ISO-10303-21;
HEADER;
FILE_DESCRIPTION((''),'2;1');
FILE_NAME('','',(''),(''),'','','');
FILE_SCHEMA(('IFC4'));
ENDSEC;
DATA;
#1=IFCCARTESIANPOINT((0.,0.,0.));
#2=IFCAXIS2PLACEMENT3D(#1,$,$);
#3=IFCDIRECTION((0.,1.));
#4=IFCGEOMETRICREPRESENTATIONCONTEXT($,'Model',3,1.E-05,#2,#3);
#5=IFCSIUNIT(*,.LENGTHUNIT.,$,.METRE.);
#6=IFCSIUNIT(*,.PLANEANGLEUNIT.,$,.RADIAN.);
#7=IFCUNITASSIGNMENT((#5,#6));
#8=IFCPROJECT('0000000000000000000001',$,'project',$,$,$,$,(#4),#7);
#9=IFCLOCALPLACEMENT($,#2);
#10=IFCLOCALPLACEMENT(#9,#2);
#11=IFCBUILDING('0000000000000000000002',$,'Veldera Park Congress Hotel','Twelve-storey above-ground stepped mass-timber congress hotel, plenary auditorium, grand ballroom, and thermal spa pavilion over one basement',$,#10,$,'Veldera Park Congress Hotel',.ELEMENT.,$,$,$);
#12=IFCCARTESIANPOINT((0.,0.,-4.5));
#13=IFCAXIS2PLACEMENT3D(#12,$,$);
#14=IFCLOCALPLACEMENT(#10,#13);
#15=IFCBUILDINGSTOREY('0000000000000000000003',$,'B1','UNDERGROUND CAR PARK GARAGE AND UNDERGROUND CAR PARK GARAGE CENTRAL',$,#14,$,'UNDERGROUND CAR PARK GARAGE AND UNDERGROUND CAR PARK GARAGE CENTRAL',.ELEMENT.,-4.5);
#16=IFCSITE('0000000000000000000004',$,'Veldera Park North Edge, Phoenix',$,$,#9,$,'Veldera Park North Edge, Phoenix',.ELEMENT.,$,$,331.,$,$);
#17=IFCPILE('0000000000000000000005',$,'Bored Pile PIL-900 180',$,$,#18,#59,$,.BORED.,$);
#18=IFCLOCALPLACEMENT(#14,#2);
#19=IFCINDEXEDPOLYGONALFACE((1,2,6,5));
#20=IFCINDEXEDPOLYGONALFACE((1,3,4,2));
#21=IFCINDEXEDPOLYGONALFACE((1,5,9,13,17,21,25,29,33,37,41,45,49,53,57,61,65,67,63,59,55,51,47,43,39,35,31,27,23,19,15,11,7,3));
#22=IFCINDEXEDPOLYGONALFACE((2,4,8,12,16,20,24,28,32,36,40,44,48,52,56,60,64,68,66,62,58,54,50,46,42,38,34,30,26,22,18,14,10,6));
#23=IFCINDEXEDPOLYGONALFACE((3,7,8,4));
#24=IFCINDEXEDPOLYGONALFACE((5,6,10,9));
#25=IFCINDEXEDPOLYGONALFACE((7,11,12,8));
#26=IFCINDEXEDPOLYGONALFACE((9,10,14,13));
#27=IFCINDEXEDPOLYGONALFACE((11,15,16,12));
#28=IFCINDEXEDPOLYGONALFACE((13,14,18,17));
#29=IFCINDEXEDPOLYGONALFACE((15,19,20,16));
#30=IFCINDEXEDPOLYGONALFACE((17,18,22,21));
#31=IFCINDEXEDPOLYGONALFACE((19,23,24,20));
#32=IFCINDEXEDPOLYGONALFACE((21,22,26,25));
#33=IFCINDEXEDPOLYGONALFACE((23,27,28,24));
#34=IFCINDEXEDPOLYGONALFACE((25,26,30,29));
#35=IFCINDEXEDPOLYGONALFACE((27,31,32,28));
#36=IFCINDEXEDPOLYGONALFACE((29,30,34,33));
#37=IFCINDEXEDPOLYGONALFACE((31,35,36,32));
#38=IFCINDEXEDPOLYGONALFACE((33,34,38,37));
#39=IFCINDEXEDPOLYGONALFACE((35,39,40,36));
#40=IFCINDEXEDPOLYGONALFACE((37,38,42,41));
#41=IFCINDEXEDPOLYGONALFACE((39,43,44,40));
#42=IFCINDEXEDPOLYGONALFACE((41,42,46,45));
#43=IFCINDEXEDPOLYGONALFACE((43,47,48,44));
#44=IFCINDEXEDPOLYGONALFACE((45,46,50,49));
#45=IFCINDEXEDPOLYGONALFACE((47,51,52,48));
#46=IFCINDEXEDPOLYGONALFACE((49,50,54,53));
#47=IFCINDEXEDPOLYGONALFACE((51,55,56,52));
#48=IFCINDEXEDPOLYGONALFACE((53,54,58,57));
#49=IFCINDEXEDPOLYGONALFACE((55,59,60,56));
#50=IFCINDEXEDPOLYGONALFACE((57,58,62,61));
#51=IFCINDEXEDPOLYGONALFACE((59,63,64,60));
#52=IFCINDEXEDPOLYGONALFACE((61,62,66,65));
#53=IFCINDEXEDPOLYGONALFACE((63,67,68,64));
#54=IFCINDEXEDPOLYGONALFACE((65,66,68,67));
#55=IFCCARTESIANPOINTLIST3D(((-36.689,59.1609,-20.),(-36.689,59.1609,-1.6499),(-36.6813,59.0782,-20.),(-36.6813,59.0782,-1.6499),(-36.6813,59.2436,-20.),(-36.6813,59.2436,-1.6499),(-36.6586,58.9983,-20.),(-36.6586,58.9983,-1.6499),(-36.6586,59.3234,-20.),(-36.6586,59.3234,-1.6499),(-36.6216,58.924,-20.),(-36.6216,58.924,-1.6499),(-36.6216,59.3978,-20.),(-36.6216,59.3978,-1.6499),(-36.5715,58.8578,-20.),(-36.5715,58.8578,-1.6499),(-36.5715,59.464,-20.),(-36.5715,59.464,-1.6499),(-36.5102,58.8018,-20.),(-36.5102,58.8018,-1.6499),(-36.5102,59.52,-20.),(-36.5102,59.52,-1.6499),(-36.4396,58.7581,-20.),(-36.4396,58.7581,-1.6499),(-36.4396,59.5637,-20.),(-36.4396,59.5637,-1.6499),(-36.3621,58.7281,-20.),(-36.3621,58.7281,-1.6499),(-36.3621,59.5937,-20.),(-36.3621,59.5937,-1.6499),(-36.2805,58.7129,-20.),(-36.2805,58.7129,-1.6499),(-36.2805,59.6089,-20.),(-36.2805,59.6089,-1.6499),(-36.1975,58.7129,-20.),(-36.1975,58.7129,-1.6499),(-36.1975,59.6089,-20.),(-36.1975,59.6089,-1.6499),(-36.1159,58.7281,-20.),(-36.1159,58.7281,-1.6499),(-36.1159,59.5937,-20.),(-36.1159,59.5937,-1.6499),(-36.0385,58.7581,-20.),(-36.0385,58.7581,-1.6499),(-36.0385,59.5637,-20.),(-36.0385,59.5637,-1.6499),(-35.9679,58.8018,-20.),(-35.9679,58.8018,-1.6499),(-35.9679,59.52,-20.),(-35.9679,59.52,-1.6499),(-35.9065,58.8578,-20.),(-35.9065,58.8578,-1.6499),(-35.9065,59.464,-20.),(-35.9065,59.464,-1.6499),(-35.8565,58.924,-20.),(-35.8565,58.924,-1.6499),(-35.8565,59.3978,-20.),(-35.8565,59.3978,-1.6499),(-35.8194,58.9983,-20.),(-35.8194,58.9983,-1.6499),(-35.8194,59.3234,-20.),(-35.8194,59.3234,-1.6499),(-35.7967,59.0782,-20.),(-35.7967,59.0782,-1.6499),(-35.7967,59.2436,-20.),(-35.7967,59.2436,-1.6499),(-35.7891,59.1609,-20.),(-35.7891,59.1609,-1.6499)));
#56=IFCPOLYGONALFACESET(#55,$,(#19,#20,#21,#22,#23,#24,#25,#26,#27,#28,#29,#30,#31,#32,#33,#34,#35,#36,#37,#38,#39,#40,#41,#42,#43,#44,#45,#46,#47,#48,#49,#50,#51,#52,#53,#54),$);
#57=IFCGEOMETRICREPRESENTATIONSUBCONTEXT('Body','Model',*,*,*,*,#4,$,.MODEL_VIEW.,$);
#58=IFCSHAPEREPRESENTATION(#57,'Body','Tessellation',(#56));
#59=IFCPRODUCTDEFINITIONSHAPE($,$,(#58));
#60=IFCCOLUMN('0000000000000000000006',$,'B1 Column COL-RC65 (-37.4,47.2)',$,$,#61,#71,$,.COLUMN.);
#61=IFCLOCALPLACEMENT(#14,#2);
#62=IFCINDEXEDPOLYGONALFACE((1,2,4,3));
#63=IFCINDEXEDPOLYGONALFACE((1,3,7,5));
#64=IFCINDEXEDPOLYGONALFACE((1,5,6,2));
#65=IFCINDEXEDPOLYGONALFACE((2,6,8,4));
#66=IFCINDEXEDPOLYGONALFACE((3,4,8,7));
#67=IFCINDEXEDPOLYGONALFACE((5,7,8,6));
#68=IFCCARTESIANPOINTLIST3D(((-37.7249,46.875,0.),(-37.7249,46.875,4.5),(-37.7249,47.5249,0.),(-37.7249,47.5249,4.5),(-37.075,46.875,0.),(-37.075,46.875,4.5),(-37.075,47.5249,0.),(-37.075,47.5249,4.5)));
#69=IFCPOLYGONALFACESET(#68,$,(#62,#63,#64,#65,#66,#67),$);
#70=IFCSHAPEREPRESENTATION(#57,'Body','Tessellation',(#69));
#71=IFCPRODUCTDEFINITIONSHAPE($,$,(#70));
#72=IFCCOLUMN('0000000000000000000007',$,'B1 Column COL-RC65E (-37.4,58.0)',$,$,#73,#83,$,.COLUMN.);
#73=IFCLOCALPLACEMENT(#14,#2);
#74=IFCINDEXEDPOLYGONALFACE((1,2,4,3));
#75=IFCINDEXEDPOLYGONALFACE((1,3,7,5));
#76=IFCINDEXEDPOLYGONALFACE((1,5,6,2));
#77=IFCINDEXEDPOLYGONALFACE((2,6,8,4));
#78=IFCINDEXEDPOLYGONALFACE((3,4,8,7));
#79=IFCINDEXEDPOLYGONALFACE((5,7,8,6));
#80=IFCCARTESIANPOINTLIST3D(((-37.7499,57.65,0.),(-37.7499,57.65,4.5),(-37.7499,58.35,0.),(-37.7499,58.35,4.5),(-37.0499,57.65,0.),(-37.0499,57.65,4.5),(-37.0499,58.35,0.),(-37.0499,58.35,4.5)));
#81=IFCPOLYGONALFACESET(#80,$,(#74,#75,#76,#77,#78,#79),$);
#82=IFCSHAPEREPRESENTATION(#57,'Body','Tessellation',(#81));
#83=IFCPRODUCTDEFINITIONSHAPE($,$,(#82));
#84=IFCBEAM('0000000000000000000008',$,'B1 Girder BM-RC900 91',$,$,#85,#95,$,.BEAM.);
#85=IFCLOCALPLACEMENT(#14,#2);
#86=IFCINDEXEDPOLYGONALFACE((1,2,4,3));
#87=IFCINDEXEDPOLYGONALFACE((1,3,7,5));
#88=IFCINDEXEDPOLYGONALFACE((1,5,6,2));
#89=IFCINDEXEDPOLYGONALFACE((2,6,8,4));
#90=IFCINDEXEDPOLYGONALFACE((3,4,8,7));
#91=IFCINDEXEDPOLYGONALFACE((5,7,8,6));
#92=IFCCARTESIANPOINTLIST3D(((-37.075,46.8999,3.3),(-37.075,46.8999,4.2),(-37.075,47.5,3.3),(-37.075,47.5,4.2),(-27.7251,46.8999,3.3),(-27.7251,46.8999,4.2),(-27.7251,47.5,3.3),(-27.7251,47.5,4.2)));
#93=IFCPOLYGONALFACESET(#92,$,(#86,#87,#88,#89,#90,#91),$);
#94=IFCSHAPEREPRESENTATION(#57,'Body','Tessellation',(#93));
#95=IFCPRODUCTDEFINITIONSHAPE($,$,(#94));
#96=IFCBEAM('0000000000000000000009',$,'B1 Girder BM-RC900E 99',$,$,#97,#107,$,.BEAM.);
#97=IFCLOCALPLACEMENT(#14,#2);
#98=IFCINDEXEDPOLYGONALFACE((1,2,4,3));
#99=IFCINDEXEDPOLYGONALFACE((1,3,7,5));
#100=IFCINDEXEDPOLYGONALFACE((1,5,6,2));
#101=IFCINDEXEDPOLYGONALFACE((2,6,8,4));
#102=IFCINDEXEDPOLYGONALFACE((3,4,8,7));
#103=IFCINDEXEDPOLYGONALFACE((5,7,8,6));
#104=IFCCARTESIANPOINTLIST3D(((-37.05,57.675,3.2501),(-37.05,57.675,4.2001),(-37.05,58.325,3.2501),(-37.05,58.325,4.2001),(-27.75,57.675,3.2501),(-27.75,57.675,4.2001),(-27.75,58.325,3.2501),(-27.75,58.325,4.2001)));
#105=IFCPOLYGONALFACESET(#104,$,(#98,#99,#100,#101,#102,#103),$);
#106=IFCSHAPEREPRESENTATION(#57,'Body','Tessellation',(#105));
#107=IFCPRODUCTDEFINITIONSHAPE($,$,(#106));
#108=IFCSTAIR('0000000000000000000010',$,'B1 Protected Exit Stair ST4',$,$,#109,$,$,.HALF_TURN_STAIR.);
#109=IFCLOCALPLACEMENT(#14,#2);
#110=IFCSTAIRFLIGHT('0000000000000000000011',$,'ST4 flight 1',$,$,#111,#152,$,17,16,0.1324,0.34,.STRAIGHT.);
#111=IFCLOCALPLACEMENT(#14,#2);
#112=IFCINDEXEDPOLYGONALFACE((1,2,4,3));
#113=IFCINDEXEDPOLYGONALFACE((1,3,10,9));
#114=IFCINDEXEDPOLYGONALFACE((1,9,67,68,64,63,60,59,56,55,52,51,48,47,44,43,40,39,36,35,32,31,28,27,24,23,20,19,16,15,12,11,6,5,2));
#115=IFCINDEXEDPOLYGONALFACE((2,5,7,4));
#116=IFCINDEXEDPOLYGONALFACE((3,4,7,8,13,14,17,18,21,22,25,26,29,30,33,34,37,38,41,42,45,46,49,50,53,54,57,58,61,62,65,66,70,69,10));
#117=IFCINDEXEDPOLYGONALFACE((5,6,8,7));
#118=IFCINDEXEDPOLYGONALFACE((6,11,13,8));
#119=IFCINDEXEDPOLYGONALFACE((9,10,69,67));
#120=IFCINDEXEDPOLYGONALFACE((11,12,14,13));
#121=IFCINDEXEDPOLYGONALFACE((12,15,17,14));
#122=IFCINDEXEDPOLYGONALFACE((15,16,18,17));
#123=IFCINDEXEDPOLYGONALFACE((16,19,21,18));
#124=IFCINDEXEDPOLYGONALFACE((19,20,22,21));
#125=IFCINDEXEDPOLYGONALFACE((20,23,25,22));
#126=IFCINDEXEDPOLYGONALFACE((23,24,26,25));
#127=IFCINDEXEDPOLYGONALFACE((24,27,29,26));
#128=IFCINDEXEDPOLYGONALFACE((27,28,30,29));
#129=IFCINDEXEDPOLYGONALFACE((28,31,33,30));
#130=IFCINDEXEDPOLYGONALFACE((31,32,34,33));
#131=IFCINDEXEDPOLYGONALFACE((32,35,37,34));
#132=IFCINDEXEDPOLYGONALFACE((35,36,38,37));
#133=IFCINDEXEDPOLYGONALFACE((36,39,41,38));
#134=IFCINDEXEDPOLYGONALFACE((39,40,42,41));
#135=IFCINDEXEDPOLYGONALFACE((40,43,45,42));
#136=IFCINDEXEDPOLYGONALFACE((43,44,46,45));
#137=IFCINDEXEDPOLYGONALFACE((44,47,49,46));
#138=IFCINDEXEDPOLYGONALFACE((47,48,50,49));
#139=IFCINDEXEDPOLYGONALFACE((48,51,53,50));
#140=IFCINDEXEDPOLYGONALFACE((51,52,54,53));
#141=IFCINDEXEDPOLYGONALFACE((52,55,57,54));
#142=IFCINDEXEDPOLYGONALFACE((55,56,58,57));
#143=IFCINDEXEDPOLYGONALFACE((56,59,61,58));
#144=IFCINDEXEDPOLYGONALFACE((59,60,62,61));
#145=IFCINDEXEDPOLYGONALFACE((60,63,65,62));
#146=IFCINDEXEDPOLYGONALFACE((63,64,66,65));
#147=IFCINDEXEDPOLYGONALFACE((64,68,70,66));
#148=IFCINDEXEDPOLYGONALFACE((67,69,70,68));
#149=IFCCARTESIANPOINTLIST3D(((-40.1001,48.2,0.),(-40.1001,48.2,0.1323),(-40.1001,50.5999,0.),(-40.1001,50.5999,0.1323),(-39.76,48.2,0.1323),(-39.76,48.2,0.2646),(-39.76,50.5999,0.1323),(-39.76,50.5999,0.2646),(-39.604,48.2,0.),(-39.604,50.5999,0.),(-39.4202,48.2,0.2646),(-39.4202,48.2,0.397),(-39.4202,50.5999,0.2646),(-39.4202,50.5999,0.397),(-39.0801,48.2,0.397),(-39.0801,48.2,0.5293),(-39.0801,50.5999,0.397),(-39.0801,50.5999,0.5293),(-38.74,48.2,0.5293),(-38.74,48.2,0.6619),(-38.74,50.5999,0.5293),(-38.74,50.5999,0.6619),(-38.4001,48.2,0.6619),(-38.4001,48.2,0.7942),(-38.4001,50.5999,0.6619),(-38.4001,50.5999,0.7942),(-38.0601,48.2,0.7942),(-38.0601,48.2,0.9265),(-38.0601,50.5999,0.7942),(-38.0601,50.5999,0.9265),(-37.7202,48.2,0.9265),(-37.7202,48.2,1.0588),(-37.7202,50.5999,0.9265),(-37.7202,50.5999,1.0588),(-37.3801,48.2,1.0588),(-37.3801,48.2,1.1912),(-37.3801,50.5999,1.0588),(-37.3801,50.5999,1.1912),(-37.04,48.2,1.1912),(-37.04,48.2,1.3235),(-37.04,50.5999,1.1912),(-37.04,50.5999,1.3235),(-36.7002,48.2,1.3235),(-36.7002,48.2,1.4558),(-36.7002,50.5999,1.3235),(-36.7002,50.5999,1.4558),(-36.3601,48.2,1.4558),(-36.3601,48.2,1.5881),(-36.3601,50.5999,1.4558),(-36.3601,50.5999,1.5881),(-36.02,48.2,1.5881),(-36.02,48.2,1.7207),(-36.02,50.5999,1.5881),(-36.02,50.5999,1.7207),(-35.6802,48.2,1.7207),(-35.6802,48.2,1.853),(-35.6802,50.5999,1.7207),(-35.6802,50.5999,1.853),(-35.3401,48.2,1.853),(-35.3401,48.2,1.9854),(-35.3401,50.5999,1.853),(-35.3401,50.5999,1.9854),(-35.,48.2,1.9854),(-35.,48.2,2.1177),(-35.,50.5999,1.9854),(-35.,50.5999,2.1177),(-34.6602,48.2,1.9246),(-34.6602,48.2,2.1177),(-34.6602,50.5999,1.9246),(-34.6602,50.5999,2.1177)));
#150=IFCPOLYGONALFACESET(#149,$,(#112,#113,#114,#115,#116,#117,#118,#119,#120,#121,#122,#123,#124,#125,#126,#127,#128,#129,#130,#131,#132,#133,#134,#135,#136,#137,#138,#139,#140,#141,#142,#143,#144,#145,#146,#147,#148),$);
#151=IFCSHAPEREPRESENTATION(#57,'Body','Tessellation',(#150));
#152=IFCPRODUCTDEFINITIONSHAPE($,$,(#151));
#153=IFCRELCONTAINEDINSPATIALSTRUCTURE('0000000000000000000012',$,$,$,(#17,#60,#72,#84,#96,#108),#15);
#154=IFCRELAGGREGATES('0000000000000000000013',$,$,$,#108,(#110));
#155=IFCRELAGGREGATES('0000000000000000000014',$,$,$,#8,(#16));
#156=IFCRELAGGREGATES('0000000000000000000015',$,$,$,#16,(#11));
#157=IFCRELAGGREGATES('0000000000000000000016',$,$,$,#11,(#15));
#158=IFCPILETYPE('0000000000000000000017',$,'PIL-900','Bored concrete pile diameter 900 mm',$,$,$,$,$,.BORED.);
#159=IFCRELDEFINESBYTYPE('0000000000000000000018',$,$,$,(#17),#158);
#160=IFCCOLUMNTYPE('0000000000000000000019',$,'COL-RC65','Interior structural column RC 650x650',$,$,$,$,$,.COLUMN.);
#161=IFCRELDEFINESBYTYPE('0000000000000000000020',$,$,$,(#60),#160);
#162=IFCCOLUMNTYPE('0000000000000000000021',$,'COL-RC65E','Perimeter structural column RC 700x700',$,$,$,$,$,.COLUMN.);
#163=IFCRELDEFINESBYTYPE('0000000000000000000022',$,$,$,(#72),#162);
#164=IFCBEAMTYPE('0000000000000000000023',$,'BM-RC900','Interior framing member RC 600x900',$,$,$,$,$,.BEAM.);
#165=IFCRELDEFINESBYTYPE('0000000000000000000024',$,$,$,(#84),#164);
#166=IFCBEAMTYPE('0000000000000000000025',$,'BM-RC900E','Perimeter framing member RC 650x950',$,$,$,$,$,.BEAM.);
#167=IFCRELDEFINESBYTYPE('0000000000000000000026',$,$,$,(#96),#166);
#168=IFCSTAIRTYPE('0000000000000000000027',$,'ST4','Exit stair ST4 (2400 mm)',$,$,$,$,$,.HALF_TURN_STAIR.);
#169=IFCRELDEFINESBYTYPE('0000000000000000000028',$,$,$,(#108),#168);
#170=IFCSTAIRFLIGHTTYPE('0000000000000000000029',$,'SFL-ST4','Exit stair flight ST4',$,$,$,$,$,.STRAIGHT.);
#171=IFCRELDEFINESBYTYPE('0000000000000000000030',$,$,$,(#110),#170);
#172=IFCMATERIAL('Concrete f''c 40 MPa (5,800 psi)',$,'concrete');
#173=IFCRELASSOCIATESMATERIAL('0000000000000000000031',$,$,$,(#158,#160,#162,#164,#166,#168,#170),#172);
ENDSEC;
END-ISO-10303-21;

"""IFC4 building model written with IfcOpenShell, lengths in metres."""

from ifc_helpers import new_model, si_unit, direction, frame, origin, origin_2d, place, context, subcontext, project, spatial, polyline, rectangle, circle, outline, extrude, material, material_profile, profile_set, type_object, element, aggregate, save


model = new_model("IFC4")

# Units and contexts
model_context = context("Model", 3, precision=1e-05, world=origin(), true_north=direction((0.0, 1.0)))
body_context = subcontext(model_context, "Body", "Model", "MODEL_VIEW")
ifc_project = project(units=[si_unit("LENGTHUNIT", "METRE"), si_unit("PLANEANGLEUNIT", "RADIAN")], contexts=[model_context])

# Site, building, storey
site_placement = place(None, origin())
site = spatial("IfcSite", under=ifc_project, at=site_placement, Name="Veldera Park North Edge, Phoenix", LongName="Veldera Park North Edge, Phoenix", CompositionType="ELEMENT", RefElevation=331.0)
building_placement = place(site_placement, origin())
building = spatial("IfcBuilding", under=site, at=building_placement, Name="Veldera Park Congress Hotel", Description="Twelve-storey above-ground stepped mass-timber congress hotel, plenary auditorium, grand ballroom, and thermal spa pavilion over one basement", LongName="Veldera Park Congress Hotel", CompositionType="ELEMENT")
storey_placement = place(building_placement, frame((0.0, 0.0, -4.5)))
storey = spatial("IfcBuildingStorey", under=building, at=storey_placement, Name="B1", Description="UNDERGROUND CAR PARK GARAGE AND UNDERGROUND CAR PARK GARAGE CENTRAL", LongName="UNDERGROUND CAR PARK GARAGE AND UNDERGROUND CAR PARK GARAGE CENTRAL", CompositionType="ELEMENT", Elevation=-4.5)

# Shared definitions
ifc_material_1 = material(Name="Concrete f'c 40 MPa (5,800 psi)", Category="concrete")

# Pile
ifc_material_profile_1 = material_profile(ifc_material_1, circle(Radius=0.45, at=origin_2d()), Name="PILE D900")
ifc_profile_set_1 = profile_set([ifc_material_profile_1], Name="Concrete f'c 40 MPa (5,800 psi)")
pile_type = type_object("IfcPileType", Name="PIL-900", Description="Bored concrete pile diameter 900 mm", PredefinedType="BORED", material=ifc_profile_set_1)
for number, where, z_axis, x_axis, name in (
    (1, (-36.239, 59.1609, -1.6499), (0.0, 0.0, -1.0), (1.0, 0.0, 0.0), "Bored Pile PIL-900 180"),
):
    element("IfcPile", number, at=place(storey_placement, frame(where, z_axis=z_axis, x_axis=x_axis)), inside=storey, type_object=pile_type, Name=name, PredefinedType="BORED", context=body_context, shape_type="SweptSolid", body=[
        extrude(circle(Radius=0.45, at=origin_2d()), origin(), (0.0, 0.0, 1.0), 18.3501),
    ])

# Columns
ifc_material_profile_2 = material_profile(ifc_material_1, rectangle(XDim=0.6499, YDim=0.6499, at=origin_2d()), Name="RC 650x650")
ifc_profile_set_2 = profile_set([ifc_material_profile_2], Name="Concrete f'c 40 MPa (5,800 psi)")
column_type_1 = type_object("IfcColumnType", Name="COL-RC65", Description="Interior structural column RC 650x650", PredefinedType="COLUMN", material=ifc_profile_set_2)
column_1_placement = place(storey_placement, frame((-37.3999, 47.2, 0.0), z_axis=(0.0, 0.0, 1.0), x_axis=(1.0, 0.0, 0.0)))
element("IfcColumn", 2, at=column_1_placement, inside=storey, type_object=column_type_1, Name="B1 Column COL-RC65 (-37.4,47.2)", PredefinedType="COLUMN", context=body_context, shape_type="SweptSolid", body=[
    extrude(rectangle(XDim=0.6499, YDim=0.6499, at=origin_2d()), origin(), (0.0, 0.0, 1.0), 4.5),
])
ifc_material_profile_3 = material_profile(ifc_material_1, rectangle(XDim=0.7, YDim=0.7, at=origin_2d()), Name="RC 700x700")
ifc_profile_set_3 = profile_set([ifc_material_profile_3], Name="Concrete f'c 40 MPa (5,800 psi)")
column_type_2 = type_object("IfcColumnType", Name="COL-RC65E", Description="Perimeter structural column RC 700x700", PredefinedType="COLUMN", material=ifc_profile_set_3)
column_2_placement = place(storey_placement, frame((-37.3999, 58.0, 0.0), z_axis=(0.0, 0.0, 1.0), x_axis=(1.0, 0.0, 0.0)))
element("IfcColumn", 3, at=column_2_placement, inside=storey, type_object=column_type_2, Name="B1 Column COL-RC65E (-37.4,58.0)", PredefinedType="COLUMN", context=body_context, shape_type="SweptSolid", body=[
    extrude(rectangle(XDim=0.7, YDim=0.7, at=origin_2d()), origin(), (0.0, 0.0, 1.0), 4.5),
])

# Beams
ifc_material_profile_4 = material_profile(ifc_material_1, rectangle(XDim=0.6001, YDim=0.8999, at=origin_2d()), Name="RC 600x900")
ifc_profile_set_4 = profile_set([ifc_material_profile_4], Name="Concrete f'c 40 MPa (5,800 psi)")
beam_type_1 = type_object("IfcBeamType", Name="BM-RC900", Description="Interior framing member RC 600x900", PredefinedType="BEAM", material=ifc_profile_set_4)
beam_1_placement = place(storey_placement, frame((-37.075, 47.2, 3.75), z_axis=(1.0, 0.0, 0.0), x_axis=(0.0, 1.0, 0.0)))
element("IfcBeam", 4, at=beam_1_placement, inside=storey, type_object=beam_type_1, Name="B1 Girder BM-RC900 91", PredefinedType="BEAM", context=body_context, shape_type="SweptSolid", body=[
    extrude(rectangle(XDim=0.6001, YDim=0.8999, at=origin_2d()), origin(), (0.0, 0.0, 1.0), 9.3499),
])
ifc_material_profile_5 = material_profile(ifc_material_1, rectangle(XDim=0.6499, YDim=0.95, at=origin_2d()), Name="RC 650x950")
ifc_profile_set_5 = profile_set([ifc_material_profile_5], Name="Concrete f'c 40 MPa (5,800 psi)")
beam_type_2 = type_object("IfcBeamType", Name="BM-RC900E", Description="Perimeter framing member RC 650x950", PredefinedType="BEAM", material=ifc_profile_set_5)
beam_2_placement = place(storey_placement, frame((-37.05, 58.0, 3.7251), z_axis=(1.0, 0.0, 0.0), x_axis=(0.0, 1.0, 0.0)))
element("IfcBeam", 5, at=beam_2_placement, inside=storey, type_object=beam_type_2, Name="B1 Girder BM-RC900E 99", PredefinedType="BEAM", context=body_context, shape_type="SweptSolid", body=[
    extrude(rectangle(XDim=0.6499, YDim=0.95, at=origin_2d()), origin(), (0.0, 0.0, 1.0), 9.3),
])

# Stair, stair flight
stair_type = type_object("IfcStairType", Name="ST4", Description="Exit stair ST4 (2400 mm)", PredefinedType="HALF_TURN_STAIR", material=ifc_material_1)
stair_placement = place(storey_placement, origin())
stair = element("IfcStair", 6, at=stair_placement, inside=storey, type_object=stair_type, Name="B1 Protected Exit Stair ST4", PredefinedType="HALF_TURN_STAIR")
stair_flight_type = type_object("IfcStairFlightType", Name="SFL-ST4", Description="Exit stair flight ST4", PredefinedType="STRAIGHT", material=ifc_material_1)
stair_flight_1_placement = place(storey_placement, frame((-40.1001, 49.3999, 0.0), z_axis=(0.0, 0.0, 1.0), x_axis=(1.0, 0.0, 0.0)))
stair_flight_1 = element("IfcStairFlight", 7, at=stair_flight_1_placement, type_object=stair_flight_type, Name="ST4 flight 1", NumberOfRisers=17, NumberOfTreads=16, PredefinedType="STRAIGHT", RiserHeight=0.1324, TreadLength=0.34, context=body_context, shape_type="SweptSolid", body=[
    extrude(outline(polyline([(0.0, 0.0), (0.0, 0.1323), (0.3401, 0.1323), (0.3401, 0.2646), (0.6799, 0.2646), (0.6799, 0.397), (1.02, 0.397), (1.02, 0.5293), (1.3601, 0.5293), (1.3601, 0.6619), (1.7, 0.6619), (1.7, 0.7942), (2.04, 0.7942), (2.04, 0.9265), (2.3799, 0.9265), (2.3799, 1.0588), (2.72, 1.0588), (2.72, 1.1912), (3.0601, 1.1912), (3.0601, 1.3235), (3.3999, 1.3235), (3.3999, 1.4558), (3.74, 1.4558), (3.74, 1.5881), (4.0801, 1.5881), (4.0801, 1.7207), (4.4199, 1.7207), (4.4199, 1.853), (4.76, 1.853), (4.76, 1.9854), (5.1001, 1.9854), (5.1001, 2.1177), (5.4399, 2.1177), (5.4399, 2.25), (5.4399, 2.25), (5.4399, 1.9246), (0.4961, 0.0), (0.0, 0.0)])), frame((0.0, 1.2, 0.0), z_axis=(0.0, -1.0, 0.0), x_axis=(1.0, 0.0, 0.0)), (0.0, 0.0, 1.0), 2.3999),
])
aggregate(stair, [stair_flight_1])

save(model, "model.ifc")
